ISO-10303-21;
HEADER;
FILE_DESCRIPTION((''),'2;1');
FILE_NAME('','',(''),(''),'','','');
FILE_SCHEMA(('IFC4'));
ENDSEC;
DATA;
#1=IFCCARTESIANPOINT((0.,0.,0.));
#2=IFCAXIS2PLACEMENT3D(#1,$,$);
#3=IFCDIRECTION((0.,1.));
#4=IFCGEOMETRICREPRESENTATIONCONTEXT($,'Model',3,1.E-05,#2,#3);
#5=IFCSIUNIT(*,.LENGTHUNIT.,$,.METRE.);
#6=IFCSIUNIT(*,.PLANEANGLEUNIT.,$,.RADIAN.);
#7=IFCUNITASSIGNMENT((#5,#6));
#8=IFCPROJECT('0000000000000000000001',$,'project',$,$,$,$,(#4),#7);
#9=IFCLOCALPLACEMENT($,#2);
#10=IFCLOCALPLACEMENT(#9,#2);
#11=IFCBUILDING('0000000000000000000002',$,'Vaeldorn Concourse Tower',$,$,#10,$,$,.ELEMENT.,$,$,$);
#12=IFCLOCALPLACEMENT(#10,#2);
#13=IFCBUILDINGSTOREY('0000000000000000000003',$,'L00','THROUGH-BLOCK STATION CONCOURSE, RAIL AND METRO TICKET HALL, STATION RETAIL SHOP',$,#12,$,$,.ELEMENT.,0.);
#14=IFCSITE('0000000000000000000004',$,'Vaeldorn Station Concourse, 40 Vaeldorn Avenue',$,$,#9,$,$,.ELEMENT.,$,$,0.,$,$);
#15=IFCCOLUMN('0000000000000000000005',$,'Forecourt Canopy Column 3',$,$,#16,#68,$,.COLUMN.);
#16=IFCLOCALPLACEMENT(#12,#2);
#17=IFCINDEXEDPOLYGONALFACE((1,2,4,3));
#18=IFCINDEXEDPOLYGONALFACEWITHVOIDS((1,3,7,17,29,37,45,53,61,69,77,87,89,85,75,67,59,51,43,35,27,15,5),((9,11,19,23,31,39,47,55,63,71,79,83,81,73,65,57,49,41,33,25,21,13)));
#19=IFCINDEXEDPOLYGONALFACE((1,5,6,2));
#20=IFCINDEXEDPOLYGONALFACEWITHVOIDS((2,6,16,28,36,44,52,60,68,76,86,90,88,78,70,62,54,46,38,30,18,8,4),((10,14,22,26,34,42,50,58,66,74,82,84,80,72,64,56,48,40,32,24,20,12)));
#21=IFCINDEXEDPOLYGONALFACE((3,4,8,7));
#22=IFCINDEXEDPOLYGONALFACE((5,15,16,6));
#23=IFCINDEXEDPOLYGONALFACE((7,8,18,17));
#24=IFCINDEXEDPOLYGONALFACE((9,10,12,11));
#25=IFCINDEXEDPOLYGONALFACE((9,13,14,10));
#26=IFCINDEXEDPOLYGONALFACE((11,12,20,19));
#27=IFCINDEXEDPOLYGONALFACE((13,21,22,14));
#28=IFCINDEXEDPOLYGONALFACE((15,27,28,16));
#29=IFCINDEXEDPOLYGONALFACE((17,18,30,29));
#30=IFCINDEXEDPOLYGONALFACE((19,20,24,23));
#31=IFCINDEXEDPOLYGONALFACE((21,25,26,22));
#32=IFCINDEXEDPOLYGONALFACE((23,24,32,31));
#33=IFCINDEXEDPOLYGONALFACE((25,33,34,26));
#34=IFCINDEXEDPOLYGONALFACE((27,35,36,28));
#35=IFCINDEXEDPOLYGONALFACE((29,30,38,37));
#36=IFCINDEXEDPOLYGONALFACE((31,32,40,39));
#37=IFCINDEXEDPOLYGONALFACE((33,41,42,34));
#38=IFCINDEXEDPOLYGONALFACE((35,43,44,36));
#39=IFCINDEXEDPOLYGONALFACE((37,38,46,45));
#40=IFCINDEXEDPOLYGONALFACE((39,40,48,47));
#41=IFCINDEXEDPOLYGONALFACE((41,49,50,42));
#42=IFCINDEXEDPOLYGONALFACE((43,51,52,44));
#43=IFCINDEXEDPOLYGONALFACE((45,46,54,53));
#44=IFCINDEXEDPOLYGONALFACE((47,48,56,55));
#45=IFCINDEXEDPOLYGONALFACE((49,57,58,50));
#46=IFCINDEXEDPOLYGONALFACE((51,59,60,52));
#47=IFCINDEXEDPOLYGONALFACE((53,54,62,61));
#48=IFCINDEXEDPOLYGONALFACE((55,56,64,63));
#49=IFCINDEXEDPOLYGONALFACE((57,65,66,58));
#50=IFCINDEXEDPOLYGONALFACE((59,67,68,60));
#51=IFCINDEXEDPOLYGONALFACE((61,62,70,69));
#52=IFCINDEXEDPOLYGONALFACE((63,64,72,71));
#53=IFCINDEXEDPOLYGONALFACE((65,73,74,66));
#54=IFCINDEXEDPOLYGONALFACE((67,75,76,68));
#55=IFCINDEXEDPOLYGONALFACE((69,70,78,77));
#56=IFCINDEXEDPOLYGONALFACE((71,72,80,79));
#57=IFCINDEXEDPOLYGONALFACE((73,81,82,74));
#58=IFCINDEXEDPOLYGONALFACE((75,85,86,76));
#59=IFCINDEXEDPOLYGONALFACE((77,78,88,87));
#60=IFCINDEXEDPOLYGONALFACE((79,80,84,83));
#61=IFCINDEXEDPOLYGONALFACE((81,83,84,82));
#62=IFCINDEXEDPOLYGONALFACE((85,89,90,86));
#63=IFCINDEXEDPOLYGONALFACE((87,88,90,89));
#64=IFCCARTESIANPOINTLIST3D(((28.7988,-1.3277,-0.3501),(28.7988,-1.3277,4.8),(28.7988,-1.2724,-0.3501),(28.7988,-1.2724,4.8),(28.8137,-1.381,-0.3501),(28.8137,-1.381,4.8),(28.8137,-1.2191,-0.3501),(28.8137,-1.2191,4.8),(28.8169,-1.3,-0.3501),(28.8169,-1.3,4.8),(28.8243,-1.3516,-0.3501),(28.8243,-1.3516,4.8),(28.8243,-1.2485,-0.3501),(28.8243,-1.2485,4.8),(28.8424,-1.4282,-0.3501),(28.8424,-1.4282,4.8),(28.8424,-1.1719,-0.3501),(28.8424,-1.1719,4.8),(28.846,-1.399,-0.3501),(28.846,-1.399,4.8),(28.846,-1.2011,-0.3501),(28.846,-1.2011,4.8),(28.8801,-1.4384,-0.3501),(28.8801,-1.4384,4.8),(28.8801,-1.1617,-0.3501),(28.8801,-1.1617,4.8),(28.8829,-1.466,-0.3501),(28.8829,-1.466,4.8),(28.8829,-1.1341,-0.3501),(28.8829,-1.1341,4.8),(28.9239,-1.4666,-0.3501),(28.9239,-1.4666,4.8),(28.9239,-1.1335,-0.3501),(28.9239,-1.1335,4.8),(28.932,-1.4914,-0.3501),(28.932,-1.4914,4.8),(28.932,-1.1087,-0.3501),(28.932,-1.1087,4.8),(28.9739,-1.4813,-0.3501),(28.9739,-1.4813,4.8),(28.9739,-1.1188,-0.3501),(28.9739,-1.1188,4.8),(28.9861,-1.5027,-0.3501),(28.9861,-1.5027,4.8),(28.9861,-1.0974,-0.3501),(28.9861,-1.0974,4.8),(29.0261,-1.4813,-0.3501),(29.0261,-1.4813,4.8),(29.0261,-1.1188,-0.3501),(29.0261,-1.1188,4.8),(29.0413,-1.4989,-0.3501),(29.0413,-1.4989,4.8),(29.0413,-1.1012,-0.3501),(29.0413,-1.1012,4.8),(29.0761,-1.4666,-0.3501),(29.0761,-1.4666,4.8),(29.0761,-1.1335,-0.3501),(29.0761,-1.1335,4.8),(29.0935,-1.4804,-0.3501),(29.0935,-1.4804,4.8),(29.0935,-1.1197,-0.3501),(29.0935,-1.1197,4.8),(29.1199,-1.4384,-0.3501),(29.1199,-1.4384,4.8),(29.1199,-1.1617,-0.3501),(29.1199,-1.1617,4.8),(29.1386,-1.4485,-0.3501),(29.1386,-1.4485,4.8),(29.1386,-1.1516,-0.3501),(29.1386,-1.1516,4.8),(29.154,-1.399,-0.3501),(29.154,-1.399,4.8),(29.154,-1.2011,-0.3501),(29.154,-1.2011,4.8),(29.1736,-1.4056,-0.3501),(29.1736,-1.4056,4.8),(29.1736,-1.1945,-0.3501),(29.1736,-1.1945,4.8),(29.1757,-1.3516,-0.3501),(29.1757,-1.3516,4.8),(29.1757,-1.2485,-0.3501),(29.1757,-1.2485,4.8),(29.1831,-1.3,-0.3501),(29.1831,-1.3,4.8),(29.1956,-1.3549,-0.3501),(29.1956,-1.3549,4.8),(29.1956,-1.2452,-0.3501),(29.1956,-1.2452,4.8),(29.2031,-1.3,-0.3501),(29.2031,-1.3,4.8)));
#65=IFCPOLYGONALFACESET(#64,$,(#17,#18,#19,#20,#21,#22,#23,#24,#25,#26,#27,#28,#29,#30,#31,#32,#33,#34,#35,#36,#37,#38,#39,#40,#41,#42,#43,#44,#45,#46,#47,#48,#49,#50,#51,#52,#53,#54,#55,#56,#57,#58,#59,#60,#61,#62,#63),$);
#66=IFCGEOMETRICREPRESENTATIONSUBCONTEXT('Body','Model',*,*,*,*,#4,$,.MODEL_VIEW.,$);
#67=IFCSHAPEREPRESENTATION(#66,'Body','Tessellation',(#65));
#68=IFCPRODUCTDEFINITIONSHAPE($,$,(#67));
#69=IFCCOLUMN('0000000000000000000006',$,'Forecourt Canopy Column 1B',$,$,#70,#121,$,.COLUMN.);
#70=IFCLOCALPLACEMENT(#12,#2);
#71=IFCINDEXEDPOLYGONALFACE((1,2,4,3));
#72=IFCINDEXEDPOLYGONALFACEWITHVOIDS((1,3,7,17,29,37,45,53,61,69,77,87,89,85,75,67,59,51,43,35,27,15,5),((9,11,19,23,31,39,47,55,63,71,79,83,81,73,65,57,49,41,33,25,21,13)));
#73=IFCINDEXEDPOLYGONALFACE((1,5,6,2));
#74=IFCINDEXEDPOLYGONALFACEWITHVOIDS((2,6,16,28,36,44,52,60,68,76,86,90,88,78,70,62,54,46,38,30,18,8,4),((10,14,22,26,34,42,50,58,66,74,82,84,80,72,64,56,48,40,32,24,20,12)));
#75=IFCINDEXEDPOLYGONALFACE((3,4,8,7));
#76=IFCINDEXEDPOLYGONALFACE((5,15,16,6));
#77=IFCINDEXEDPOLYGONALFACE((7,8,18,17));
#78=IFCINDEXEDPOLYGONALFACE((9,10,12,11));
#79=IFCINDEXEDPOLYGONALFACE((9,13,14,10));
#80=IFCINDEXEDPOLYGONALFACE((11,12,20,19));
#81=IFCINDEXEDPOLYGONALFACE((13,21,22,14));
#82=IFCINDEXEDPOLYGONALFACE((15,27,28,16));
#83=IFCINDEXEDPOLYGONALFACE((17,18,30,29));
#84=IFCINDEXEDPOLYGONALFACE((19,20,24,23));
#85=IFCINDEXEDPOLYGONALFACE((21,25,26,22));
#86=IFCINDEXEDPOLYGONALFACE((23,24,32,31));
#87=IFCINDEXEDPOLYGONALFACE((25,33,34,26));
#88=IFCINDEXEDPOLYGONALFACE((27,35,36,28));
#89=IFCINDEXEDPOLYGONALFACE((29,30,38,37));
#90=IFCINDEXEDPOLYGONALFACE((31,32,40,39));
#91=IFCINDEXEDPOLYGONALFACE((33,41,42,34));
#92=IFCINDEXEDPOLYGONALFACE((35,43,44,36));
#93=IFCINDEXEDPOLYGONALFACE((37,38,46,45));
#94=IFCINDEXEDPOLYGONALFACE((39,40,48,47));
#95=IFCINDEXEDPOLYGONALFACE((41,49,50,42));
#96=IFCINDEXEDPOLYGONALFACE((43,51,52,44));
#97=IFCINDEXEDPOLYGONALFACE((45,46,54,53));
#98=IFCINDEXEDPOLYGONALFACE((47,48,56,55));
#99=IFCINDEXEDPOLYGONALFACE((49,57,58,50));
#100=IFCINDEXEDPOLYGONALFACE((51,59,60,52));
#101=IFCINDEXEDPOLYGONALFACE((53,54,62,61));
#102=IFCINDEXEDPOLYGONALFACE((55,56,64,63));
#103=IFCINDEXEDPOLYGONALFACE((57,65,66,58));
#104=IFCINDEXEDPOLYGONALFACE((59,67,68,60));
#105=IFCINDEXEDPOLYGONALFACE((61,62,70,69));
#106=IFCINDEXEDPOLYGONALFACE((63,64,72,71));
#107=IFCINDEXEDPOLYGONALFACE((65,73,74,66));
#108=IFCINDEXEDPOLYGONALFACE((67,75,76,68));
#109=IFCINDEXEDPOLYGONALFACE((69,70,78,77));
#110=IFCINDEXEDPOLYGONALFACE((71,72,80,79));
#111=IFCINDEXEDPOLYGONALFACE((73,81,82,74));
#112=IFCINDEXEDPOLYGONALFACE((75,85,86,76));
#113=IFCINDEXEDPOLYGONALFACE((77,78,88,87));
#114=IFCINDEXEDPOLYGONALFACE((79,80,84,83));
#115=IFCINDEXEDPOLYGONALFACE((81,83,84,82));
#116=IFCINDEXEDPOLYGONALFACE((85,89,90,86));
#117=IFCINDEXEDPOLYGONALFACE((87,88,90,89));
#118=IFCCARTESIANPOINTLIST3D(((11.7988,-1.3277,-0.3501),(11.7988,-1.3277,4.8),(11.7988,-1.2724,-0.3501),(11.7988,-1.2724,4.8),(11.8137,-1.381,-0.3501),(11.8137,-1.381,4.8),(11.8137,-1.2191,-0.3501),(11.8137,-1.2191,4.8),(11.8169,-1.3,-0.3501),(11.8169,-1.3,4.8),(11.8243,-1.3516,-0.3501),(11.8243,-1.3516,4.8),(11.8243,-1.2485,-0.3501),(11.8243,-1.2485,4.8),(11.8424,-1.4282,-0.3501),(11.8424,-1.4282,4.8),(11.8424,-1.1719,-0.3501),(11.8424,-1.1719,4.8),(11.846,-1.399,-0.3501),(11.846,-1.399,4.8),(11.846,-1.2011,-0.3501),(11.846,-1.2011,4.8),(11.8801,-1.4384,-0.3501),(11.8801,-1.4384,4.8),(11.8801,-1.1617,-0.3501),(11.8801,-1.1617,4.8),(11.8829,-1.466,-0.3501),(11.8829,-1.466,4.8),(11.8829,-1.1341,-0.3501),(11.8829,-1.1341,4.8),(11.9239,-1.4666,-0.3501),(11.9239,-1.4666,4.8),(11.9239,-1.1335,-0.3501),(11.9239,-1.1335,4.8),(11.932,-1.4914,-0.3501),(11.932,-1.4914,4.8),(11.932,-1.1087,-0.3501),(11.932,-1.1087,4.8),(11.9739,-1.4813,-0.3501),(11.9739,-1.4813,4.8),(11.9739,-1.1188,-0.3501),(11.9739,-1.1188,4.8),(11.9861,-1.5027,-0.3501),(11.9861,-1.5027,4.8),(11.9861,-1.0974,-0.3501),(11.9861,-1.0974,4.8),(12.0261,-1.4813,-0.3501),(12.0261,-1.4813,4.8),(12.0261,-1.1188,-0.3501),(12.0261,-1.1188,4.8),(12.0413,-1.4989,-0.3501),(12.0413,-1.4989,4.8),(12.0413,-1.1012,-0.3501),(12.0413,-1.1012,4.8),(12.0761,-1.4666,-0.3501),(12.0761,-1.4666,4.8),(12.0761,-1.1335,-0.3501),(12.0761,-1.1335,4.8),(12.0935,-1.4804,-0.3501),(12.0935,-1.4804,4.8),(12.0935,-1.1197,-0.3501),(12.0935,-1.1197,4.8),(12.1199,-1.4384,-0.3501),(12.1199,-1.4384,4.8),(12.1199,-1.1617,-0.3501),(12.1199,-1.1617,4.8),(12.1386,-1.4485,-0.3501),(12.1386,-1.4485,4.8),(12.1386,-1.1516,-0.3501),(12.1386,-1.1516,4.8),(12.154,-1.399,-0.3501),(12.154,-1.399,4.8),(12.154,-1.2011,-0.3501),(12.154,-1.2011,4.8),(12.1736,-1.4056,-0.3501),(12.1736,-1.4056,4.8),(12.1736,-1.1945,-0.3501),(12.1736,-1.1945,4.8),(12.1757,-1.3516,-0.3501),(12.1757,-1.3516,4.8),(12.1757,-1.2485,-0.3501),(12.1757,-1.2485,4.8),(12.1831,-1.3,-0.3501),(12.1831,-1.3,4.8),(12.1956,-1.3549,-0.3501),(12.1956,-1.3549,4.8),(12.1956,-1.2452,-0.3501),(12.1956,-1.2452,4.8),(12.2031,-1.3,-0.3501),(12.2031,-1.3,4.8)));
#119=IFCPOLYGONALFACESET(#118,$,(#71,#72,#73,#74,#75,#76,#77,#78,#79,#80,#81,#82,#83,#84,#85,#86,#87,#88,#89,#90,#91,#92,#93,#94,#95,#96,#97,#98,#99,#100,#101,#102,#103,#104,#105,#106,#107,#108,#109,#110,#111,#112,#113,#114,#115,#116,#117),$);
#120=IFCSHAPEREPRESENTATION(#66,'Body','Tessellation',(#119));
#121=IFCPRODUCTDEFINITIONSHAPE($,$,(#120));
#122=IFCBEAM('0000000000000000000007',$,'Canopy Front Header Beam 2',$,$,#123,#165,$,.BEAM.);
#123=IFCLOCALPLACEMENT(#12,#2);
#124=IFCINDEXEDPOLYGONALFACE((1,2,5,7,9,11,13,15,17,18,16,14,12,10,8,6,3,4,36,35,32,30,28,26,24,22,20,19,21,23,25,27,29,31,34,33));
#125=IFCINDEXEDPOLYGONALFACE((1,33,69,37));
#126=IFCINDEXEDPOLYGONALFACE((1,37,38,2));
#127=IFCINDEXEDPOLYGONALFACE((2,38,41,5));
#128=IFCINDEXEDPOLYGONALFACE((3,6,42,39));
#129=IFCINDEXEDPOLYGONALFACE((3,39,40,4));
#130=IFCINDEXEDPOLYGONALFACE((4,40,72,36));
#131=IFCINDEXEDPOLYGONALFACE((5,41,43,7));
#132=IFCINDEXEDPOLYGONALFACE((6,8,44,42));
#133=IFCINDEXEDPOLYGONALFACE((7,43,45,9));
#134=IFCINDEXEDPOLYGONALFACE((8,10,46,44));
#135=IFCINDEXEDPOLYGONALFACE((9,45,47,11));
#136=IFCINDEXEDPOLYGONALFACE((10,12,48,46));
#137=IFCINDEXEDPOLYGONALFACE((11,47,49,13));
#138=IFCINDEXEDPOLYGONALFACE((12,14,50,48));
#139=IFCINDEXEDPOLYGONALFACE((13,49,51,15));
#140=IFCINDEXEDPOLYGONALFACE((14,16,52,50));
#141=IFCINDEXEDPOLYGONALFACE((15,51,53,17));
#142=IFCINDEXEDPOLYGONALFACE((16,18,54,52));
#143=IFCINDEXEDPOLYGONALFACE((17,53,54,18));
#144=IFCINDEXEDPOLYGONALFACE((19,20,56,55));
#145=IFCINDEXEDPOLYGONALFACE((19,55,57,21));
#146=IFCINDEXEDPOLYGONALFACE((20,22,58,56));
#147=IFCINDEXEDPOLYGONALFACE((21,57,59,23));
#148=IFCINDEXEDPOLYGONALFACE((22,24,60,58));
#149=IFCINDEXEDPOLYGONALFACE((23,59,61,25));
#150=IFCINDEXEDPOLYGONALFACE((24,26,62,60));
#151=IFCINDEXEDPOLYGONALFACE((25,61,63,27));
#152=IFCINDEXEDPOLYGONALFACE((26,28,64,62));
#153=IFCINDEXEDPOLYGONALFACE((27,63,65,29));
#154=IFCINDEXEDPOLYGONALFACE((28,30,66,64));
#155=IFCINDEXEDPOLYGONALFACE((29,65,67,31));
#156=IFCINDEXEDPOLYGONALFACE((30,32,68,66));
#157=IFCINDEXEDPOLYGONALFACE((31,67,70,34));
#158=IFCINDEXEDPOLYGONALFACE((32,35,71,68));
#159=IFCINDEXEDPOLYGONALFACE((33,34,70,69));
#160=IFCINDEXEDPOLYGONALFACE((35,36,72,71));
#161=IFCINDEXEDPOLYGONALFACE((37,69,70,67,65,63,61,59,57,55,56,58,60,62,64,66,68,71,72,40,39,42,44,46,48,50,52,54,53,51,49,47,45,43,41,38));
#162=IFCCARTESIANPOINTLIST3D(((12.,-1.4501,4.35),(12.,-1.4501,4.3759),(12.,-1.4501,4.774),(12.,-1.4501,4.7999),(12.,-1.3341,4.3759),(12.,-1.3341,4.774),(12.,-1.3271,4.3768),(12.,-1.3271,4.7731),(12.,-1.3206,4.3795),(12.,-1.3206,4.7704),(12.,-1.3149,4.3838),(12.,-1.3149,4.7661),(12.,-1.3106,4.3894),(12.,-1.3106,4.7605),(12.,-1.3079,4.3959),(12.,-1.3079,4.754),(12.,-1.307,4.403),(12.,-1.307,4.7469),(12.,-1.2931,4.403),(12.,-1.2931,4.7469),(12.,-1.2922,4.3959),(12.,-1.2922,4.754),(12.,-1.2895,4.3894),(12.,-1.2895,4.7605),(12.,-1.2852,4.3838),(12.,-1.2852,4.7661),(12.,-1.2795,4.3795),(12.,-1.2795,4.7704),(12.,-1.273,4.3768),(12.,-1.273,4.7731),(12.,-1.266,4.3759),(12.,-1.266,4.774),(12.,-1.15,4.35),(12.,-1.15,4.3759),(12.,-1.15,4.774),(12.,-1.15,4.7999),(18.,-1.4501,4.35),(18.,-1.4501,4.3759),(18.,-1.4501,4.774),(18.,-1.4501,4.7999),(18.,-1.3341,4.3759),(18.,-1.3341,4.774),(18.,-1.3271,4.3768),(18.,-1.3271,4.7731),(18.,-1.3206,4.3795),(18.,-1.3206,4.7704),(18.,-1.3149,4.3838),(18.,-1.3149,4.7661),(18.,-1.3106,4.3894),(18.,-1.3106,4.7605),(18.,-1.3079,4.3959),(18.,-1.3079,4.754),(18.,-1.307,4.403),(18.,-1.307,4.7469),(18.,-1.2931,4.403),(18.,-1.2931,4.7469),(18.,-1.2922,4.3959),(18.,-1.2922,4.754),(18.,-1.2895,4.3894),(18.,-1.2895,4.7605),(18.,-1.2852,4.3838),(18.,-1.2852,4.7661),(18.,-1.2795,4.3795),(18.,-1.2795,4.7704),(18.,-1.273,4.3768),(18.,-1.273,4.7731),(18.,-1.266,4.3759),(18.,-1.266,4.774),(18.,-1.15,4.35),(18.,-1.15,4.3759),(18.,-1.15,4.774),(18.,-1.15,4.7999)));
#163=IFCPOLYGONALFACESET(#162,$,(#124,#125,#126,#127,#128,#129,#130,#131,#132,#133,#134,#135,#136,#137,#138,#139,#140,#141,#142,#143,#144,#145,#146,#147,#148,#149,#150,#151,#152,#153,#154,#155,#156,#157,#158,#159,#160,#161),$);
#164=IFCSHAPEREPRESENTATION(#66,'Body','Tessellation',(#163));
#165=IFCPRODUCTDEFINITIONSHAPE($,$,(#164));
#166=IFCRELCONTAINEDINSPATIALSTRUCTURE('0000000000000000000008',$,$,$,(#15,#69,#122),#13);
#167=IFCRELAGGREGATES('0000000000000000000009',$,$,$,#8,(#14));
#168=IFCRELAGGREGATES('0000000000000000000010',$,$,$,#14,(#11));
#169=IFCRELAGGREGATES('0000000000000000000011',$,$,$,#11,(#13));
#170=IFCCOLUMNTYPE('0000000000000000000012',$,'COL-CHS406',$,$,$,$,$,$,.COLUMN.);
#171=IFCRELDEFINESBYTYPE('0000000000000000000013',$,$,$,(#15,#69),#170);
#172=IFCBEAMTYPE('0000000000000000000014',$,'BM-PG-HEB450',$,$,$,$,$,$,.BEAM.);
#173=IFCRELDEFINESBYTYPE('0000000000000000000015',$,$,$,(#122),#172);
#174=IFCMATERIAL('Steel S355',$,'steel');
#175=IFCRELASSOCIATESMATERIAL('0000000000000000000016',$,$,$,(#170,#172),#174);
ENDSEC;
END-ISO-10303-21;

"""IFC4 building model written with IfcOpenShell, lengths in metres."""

from ifc_helpers import new_model, si_unit, direction, frame, origin, origin_2d, place, context, subcontext, project, spatial, hollow_circle, i_section, extrude, source, transform, mapped, material, material_profile, profile_set, type_object, element, save


model = new_model("IFC4")

# Units and contexts
model_context = context("Model", 3, precision=1e-05, world=origin(), true_north=direction((0.0, 1.0)))
body_context = subcontext(model_context, "Body", "Model", "MODEL_VIEW")
ifc_project = project(units=[si_unit("LENGTHUNIT", "METRE"), si_unit("PLANEANGLEUNIT", "RADIAN")], contexts=[model_context])

# Site, building, storey
site_placement = place(None, origin())
site = spatial("IfcSite", under=ifc_project, at=site_placement, Name="Vaeldorn Station Concourse, 40 Vaeldorn Avenue", CompositionType="ELEMENT", RefElevation=0.0)
building_placement = place(site_placement, origin())
building = spatial("IfcBuilding", under=site, at=building_placement, Name="Vaeldorn Concourse Tower", CompositionType="ELEMENT")
storey_placement = place(building_placement, origin())
storey = spatial("IfcBuildingStorey", under=building, at=storey_placement, Name="L00", Description="THROUGH-BLOCK STATION CONCOURSE, RAIL AND METRO TICKET HALL, STATION RETAIL SHOP", CompositionType="ELEMENT", Elevation=0.0)

# Columns
ifc_material_1 = material(Name="Steel S355", Category="steel")
ifc_material_profile_1 = material_profile(ifc_material_1, hollow_circle(Radius=0.2031, WallThickness=0.02, at=origin_2d()), Name="CHS 406.4x20")
ifc_profile_set_1 = profile_set([ifc_material_profile_1], Name="Steel S355")
column_type = type_object("IfcColumnType", Name="COL-CHS406", PredefinedType="COLUMN", material=ifc_profile_set_1)
shared_shape_1 = source(origin(), body_context, "Body", "SweptSolid", [
    extrude(hollow_circle(Radius=0.2031, WallThickness=0.02, at=origin_2d()), origin(), (0.0, 0.0, 1.0), 5.1501),
])
for number, where, z_axis, x_axis, name in (
    (1, (29.0, -1.3, -0.3501), (0.0, 0.0, 1.0), (1.0, 0.0, 0.0), "Forecourt Canopy Column 3"),
    (2, (12.0, -1.3, -0.3501), (0.0, 0.0, 1.0), (1.0, 0.0, 0.0), "Forecourt Canopy Column 1B"),
):
    element("IfcColumn", number, at=place(storey_placement, frame(where, z_axis=z_axis, x_axis=x_axis)), inside=storey, type_object=column_type, Name=name, PredefinedType="COLUMN", context=body_context, shape_type="MappedRepresentation", body=[
        mapped(shared_shape_1, transform((0.0, 0.0, 0.0), scale=1.0)),
    ])

# Beam
ifc_material_profile_2 = material_profile(ifc_material_1, i_section(OverallWidth=0.3, OverallDepth=0.45, WebThickness=0.0139, FlangeThickness=0.0259, FilletRadius=0.0271, at=origin_2d()), Name="HEB 450")
ifc_profile_set_2 = profile_set([ifc_material_profile_2], Name="Steel S355")
beam_type_1 = type_object("IfcBeamType", Name="BM-PG-HEB450", PredefinedType="BEAM", material=ifc_profile_set_2)
shared_shape_2 = source(origin(), body_context, "Body", "SweptSolid", [
    extrude(i_section(OverallWidth=0.3, OverallDepth=0.45, WebThickness=0.0139, FlangeThickness=0.0259, FilletRadius=0.0271, at=origin_2d()), origin(), (0.0, 0.0, 1.0), 6.0),
])
beam_1_placement = place(storey_placement, frame((12.0, -1.3, 4.575), z_axis=(1.0, 0.0, 0.0), x_axis=(0.0, 1.0, 0.0)))
element("IfcBeam", 3, at=beam_1_placement, inside=storey, type_object=beam_type_1, Name="Canopy Front Header Beam 2", PredefinedType="BEAM", context=body_context, shape_type="MappedRepresentation", body=[
    mapped(shared_shape_2, transform((0.0, 0.0, 0.0), scale=1.0)),
])

save(model, "model.ifc")
